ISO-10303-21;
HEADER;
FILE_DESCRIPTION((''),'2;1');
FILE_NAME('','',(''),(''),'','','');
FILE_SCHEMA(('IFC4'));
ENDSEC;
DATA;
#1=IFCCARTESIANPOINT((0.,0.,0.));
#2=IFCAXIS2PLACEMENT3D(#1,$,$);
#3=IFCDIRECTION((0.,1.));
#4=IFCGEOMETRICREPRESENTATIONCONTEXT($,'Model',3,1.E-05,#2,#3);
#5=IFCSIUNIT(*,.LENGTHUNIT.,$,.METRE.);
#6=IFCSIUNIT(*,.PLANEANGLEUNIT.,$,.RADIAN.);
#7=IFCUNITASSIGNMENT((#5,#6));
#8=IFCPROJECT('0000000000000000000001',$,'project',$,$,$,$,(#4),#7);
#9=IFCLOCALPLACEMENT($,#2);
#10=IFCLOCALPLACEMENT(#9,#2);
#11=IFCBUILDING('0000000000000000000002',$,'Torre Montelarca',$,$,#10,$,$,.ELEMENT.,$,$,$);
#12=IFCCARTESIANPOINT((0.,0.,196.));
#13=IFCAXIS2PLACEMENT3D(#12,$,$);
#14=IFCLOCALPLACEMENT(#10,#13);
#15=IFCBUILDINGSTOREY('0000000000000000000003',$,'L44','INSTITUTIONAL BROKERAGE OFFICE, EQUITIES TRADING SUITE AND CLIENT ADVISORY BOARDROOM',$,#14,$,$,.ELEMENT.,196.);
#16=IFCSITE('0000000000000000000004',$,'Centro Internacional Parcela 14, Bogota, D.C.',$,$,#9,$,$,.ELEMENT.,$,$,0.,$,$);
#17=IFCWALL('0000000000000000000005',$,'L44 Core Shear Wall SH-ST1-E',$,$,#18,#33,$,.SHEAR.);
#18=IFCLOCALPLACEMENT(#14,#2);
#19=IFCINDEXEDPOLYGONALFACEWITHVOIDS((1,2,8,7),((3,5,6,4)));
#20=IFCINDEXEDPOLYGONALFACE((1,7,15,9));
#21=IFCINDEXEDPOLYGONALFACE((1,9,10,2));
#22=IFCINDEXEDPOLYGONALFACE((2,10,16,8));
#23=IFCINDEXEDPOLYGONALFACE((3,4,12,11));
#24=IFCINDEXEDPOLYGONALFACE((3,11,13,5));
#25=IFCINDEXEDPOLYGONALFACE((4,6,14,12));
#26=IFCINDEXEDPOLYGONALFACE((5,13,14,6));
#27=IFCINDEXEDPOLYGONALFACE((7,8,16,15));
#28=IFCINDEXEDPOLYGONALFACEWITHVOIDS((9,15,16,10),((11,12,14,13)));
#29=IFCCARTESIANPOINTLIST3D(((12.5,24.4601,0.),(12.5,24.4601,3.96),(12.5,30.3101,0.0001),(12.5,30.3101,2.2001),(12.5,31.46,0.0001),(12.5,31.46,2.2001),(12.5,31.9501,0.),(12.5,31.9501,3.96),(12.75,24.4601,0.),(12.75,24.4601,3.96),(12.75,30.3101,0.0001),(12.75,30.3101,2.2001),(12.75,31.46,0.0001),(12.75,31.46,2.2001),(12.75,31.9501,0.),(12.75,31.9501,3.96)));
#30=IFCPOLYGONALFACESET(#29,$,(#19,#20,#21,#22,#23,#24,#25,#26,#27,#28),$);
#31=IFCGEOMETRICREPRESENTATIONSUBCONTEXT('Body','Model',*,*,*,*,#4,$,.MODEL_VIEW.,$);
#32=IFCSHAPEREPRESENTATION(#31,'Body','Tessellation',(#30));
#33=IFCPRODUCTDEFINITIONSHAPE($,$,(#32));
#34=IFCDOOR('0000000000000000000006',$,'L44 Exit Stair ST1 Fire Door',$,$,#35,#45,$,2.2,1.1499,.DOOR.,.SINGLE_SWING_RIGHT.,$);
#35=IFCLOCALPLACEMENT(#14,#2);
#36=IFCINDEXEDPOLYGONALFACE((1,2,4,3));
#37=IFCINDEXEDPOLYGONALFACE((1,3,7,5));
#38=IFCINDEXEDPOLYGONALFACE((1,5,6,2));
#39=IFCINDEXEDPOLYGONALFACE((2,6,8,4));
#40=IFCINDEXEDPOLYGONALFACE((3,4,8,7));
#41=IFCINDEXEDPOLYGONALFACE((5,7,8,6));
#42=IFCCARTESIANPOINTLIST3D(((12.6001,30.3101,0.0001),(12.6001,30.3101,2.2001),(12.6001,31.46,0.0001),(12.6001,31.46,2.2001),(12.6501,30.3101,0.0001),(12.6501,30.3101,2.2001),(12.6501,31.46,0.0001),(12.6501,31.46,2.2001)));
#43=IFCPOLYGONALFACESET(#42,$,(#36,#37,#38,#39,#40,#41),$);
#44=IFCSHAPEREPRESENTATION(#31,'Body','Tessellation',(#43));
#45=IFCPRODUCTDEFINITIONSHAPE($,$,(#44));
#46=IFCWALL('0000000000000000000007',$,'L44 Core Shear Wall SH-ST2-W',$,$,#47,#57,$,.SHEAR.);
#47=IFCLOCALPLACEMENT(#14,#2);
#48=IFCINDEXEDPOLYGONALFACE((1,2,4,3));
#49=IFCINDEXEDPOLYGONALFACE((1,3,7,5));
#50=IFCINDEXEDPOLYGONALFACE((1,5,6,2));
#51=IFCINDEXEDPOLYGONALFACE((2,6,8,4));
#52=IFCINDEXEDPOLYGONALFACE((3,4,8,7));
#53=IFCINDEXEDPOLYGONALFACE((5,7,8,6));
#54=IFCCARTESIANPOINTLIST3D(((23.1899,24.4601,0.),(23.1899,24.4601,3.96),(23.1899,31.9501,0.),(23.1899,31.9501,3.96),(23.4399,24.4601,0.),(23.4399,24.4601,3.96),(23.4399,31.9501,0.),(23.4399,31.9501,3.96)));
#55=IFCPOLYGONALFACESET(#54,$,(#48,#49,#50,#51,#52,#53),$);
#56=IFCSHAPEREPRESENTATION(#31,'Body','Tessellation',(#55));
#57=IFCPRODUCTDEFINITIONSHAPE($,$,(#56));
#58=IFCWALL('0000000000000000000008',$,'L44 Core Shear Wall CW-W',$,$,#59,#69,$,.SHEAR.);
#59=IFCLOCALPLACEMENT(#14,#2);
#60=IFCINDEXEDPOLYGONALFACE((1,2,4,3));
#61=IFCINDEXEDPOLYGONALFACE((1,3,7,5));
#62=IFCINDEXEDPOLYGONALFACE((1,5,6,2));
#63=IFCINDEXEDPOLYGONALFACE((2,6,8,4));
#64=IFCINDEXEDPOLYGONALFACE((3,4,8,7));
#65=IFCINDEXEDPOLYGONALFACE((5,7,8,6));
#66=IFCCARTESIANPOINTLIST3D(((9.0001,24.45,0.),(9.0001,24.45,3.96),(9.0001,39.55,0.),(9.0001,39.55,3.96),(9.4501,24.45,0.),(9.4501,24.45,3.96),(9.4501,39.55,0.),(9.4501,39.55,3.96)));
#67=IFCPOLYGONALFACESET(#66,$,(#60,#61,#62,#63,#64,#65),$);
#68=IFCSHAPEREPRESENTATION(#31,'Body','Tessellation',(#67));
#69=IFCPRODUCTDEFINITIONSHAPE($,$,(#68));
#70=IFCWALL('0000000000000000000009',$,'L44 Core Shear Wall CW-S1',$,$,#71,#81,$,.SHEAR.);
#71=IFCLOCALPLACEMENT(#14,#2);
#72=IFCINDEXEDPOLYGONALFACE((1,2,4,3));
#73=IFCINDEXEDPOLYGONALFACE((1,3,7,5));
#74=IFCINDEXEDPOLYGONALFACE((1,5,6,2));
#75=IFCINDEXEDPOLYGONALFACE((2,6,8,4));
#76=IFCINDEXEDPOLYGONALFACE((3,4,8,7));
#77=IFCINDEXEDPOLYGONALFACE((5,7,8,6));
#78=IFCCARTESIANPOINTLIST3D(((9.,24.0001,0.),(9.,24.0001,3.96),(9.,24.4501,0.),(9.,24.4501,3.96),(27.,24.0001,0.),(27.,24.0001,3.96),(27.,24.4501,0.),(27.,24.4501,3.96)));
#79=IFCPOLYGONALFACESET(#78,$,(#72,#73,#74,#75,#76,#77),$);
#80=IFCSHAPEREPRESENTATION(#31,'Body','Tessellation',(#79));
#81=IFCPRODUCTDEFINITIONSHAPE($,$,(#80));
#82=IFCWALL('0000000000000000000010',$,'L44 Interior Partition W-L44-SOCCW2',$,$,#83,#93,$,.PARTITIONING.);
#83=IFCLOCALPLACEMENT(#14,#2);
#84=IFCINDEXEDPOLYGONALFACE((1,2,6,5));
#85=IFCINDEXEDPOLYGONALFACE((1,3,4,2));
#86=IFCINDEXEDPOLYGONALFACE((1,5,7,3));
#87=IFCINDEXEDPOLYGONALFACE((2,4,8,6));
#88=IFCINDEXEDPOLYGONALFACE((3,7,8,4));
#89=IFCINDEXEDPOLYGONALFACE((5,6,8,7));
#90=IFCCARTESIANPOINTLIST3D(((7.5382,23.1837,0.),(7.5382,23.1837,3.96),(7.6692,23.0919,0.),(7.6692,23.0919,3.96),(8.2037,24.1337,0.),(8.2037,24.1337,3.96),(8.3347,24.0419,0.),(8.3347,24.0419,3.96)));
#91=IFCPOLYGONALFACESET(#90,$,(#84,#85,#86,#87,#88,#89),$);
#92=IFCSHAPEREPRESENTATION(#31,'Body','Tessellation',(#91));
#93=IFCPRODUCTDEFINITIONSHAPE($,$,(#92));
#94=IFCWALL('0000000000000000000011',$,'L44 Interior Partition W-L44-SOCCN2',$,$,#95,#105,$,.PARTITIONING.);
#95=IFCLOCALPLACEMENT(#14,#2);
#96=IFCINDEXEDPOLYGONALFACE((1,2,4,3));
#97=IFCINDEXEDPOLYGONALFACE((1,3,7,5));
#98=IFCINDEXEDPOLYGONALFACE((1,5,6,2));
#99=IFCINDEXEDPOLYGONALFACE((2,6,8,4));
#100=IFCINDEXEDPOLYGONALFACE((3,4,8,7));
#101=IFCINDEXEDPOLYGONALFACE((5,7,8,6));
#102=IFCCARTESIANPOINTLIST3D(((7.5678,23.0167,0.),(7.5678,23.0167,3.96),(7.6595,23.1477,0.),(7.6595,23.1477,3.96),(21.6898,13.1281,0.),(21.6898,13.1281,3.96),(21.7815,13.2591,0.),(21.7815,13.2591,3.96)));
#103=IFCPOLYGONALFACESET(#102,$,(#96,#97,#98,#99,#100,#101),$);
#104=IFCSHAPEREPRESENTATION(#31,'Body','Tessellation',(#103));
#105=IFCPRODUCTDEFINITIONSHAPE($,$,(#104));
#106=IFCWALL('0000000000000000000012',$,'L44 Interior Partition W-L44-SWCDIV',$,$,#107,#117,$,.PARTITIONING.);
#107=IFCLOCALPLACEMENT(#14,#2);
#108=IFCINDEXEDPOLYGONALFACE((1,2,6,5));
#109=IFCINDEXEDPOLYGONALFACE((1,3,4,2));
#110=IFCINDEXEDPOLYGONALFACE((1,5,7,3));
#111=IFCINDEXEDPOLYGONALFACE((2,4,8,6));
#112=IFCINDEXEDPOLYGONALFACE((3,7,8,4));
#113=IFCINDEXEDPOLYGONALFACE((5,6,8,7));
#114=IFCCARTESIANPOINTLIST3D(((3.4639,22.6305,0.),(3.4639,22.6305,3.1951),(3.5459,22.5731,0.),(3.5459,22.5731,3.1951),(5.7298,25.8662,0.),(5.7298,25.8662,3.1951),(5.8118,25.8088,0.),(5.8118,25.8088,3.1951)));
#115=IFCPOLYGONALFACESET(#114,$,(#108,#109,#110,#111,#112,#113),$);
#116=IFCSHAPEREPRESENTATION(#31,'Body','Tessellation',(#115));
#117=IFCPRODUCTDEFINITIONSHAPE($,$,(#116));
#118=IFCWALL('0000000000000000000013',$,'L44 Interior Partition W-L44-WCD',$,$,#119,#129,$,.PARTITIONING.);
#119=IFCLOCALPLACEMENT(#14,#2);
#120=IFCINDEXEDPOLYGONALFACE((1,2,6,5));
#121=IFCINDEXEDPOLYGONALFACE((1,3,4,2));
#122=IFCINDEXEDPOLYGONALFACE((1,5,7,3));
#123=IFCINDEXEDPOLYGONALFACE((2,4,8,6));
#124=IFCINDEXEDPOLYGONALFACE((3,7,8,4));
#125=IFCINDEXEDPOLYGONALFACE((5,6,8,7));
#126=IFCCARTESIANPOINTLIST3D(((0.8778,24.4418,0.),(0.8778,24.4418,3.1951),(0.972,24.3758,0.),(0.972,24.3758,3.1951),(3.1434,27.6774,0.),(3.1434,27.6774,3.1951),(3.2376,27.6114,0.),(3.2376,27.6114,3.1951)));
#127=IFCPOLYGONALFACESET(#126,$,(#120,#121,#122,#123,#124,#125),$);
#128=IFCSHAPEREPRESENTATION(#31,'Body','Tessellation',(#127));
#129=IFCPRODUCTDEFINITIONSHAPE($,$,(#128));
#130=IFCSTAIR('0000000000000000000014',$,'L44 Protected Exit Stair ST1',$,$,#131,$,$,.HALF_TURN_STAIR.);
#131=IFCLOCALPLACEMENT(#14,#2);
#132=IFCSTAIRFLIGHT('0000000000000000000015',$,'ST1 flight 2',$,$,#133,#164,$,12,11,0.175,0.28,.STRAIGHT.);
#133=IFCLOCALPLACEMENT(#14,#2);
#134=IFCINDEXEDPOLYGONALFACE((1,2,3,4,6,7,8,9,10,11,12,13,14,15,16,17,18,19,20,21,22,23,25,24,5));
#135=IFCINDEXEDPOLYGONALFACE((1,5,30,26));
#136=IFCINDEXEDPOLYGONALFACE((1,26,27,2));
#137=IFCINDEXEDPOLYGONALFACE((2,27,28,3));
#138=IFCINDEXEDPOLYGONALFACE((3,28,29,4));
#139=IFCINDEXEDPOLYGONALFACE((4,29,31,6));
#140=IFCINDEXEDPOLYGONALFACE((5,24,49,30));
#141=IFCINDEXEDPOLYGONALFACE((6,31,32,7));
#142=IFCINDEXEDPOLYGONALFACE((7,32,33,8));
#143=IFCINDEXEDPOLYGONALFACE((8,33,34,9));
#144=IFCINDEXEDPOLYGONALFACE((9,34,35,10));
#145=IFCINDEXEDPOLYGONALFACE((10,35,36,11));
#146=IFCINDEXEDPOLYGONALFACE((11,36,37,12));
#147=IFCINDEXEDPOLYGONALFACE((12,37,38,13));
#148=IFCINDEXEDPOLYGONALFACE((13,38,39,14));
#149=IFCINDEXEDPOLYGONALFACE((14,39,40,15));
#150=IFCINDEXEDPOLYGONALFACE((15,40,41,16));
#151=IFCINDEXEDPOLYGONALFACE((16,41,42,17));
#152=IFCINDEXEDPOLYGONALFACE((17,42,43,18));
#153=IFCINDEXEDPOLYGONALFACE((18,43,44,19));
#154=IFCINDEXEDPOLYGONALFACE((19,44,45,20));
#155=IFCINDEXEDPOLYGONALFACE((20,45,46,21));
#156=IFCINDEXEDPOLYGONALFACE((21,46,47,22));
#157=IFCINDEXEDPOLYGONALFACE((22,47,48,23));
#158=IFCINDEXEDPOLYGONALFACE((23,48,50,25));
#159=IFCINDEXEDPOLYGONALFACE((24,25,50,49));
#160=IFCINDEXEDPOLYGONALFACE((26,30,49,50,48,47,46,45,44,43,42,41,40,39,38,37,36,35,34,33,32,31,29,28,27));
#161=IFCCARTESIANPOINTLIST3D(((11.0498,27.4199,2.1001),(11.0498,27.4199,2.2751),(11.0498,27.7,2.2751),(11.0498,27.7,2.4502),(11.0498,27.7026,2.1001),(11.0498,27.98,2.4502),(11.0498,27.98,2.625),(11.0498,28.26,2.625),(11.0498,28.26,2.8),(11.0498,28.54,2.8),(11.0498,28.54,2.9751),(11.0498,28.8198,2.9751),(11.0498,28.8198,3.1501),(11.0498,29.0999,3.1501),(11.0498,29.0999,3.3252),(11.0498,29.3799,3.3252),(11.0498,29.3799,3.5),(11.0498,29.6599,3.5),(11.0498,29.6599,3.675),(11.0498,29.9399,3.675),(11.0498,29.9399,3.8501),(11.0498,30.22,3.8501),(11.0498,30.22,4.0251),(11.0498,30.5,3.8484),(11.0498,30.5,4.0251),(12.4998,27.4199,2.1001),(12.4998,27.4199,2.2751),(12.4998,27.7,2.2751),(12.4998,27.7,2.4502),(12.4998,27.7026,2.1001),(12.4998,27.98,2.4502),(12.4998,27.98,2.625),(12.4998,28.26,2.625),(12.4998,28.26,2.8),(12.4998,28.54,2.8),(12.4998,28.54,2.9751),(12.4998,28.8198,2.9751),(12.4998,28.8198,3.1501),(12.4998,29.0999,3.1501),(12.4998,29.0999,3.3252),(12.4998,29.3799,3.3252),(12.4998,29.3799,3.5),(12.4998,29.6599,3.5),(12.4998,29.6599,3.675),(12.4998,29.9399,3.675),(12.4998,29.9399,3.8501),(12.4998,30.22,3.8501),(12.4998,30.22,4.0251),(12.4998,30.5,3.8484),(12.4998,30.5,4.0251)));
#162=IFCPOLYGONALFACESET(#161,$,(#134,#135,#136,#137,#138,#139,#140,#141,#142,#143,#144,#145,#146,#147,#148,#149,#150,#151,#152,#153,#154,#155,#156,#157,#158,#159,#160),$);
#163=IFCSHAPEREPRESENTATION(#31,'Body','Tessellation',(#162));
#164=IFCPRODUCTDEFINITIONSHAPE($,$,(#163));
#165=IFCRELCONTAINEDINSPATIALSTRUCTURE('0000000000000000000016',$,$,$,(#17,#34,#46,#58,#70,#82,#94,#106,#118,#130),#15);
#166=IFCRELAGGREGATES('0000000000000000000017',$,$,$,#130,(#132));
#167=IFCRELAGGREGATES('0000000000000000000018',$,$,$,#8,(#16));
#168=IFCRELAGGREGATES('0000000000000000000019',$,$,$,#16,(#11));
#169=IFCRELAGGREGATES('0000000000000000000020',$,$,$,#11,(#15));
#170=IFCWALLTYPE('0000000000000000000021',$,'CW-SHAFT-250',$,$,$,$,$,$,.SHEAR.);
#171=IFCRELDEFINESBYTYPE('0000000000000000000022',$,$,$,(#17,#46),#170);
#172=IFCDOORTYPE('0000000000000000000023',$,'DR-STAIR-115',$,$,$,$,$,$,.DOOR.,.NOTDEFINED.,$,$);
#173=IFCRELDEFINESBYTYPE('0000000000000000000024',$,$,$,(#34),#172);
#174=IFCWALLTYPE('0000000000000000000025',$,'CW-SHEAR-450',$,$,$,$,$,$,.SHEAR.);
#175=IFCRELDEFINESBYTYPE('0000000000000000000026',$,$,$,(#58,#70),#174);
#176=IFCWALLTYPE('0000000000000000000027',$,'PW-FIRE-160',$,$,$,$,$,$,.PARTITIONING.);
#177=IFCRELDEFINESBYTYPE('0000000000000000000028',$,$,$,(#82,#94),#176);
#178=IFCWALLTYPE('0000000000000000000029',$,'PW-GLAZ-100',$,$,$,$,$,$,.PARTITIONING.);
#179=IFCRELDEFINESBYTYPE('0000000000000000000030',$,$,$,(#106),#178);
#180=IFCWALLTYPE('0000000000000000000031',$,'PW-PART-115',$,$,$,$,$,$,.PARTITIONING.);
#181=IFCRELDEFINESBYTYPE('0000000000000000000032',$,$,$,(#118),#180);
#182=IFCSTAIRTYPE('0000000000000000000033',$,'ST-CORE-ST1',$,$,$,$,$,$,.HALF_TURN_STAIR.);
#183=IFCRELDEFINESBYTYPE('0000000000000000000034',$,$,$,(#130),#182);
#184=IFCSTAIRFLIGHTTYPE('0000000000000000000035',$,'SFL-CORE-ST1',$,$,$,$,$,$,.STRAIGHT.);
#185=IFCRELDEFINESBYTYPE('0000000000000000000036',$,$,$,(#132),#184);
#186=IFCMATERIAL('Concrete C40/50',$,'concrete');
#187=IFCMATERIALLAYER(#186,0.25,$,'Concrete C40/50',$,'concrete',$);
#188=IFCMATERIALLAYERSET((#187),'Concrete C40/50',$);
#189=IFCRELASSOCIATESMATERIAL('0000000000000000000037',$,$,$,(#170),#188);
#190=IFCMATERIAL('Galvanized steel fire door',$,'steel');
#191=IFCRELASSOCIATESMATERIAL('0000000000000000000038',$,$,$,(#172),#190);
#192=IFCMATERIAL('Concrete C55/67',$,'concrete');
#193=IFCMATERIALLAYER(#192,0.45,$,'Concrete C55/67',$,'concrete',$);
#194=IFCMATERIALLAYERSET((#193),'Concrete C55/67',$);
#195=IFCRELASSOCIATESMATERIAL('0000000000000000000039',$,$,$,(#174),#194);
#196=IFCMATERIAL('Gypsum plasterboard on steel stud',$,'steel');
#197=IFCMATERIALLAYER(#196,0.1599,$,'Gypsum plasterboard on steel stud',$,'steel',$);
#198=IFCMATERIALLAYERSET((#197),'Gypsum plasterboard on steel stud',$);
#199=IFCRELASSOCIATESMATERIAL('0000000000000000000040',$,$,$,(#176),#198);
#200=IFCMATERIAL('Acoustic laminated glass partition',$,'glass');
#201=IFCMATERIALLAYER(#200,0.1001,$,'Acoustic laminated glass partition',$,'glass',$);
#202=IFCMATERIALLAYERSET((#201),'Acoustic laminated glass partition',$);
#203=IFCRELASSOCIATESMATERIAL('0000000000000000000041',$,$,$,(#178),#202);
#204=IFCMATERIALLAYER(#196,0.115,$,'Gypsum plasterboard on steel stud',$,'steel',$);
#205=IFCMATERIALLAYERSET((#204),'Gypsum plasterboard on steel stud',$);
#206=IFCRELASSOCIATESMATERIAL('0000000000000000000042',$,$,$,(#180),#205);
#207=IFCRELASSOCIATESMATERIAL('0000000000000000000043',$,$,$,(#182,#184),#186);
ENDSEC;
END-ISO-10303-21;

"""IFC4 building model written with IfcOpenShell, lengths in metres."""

from ifc_helpers import new_model, si_unit, direction, frame, frame_2d, origin, place, context, subcontext, project, spatial, polyline, rectangle, outline, extrude, source, transform, mapped, material, layer, layer_set, type_object, element, fill, aggregate, save


model = new_model("IFC4")

# Units and contexts
model_context = context("Model", 3, precision=1e-05, world=origin(), true_north=direction((0.0, 1.0)))
body_context = subcontext(model_context, "Body", "Model", "MODEL_VIEW")
ifc_project = project(units=[si_unit("LENGTHUNIT", "METRE"), si_unit("PLANEANGLEUNIT", "RADIAN")], contexts=[model_context])

# Site, building, storey
site_placement = place(None, origin())
site = spatial("IfcSite", under=ifc_project, at=site_placement, Name="Centro Internacional Parcela 14, Bogota, D.C.", CompositionType="ELEMENT", RefElevation=0.0)
building_placement = place(site_placement, origin())
building = spatial("IfcBuilding", under=site, at=building_placement, Name="Torre Montelarca", CompositionType="ELEMENT")
storey_placement = place(building_placement, frame((0.0, 0.0, 196.0)))
storey = spatial("IfcBuildingStorey", under=building, at=storey_placement, Name="L44", Description="INSTITUTIONAL BROKERAGE OFFICE, EQUITIES TRADING SUITE AND CLIENT ADVISORY BOARDROOM", CompositionType="ELEMENT", Elevation=196.0)

# Shared definitions
ifc_material_1 = material(Name="Concrete C55/67", Category="concrete")

# Wall, opening, door
ifc_material_2 = material(Name="Concrete C40/50", Category="concrete")
ifc_layer_1 = layer(ifc_material_2, 0.25, Name="Concrete C40/50", Category="concrete")
ifc_layer_set_1 = layer_set([ifc_layer_1], Name="Concrete C40/50")
wall_type_1 = type_object("IfcWallType", Name="CW-SHAFT-250", PredefinedType="SHEAR", material=ifc_layer_set_1)
wall_1_placement = place(storey_placement, frame((12.625, 24.46, 0.0), z_axis=(0.0, 0.0, 1.0), x_axis=(0.0, 1.0, 0.0)))
wall_1 = element("IfcWall", 1, at=wall_1_placement, inside=storey, type_object=wall_type_1, Name="L44 Core Shear Wall SH-ST1-E", PredefinedType="SHEAR", context=body_context, shape_type="SweptSolid", body=[
    extrude(rectangle(XDim=7.49, YDim=0.25, at=frame_2d((3.7451, 0.0))), origin(), (0.0, 0.0, 1.0), 3.96),
])
opening_1_placement = place(wall_1_placement, frame((5.8501, 0.0, 0.0)))
opening_1 = element("IfcOpeningElement", 2, at=opening_1_placement, cuts=wall_1, PredefinedType="OPENING", context=body_context, shape_type="SweptSolid", body=[
    extrude(rectangle(XDim=1.1499, YDim=2.2, at=frame_2d((0.575, 1.1001))), frame((0.0, 0.135, 0.0), z_axis=(0.0, -1.0, 0.0), x_axis=(1.0, 0.0, 0.0)), (0.0, 0.0, 1.0), 0.27),
])
ifc_material_3 = material(Name="Galvanized steel fire door", Category="steel")
door_type_1 = type_object("IfcDoorType", Name="DR-STAIR-115", OperationType="NOTDEFINED", PredefinedType="DOOR", material=ifc_material_3)
shared_shape_1 = source(origin(), body_context, "Body", "SweptSolid", [
    extrude(rectangle(XDim=1.1499, YDim=2.2, at=frame_2d((0.575, 1.1001))), frame((0.0, 0.0249, 0.0), z_axis=(0.0, -1.0, 0.0), x_axis=(1.0, 0.0, 0.0)), (0.0, 0.0, 1.0), 0.05),
])
door_1_placement = place(opening_1_placement, origin())
door_1 = element("IfcDoor", 3, at=door_1_placement, inside=storey, type_object=door_type_1, Name="L44 Exit Stair ST1 Fire Door", OperationType="SINGLE_SWING_RIGHT", OverallHeight=2.2, OverallWidth=1.1499, PredefinedType="DOOR", context=body_context, shape_type="MappedRepresentation", body=[
    mapped(shared_shape_1, transform((0.0, 0.0, 0.0), scale=1.0)),
])
fill(opening_1, door_1)

# Walls
wall_2_placement = place(storey_placement, frame((23.3149, 24.46, 0.0), z_axis=(0.0, 0.0, 1.0), x_axis=(0.0, 1.0, 0.0)))
element("IfcWall", 4, at=wall_2_placement, inside=storey, type_object=wall_type_1, Name="L44 Core Shear Wall SH-ST2-W", PredefinedType="SHEAR", context=body_context, shape_type="SweptSolid", body=[
    extrude(rectangle(XDim=7.49, YDim=0.25, at=frame_2d((3.7451, 0.0))), origin(), (0.0, 0.0, 1.0), 3.96),
])
ifc_layer_2 = layer(ifc_material_1, 0.45, Name="Concrete C55/67", Category="concrete")
ifc_layer_set_2 = layer_set([ifc_layer_2], Name="Concrete C55/67")
wall_type_2 = type_object("IfcWallType", Name="CW-SHEAR-450", PredefinedType="SHEAR", material=ifc_layer_set_2)
wall_3_placement = place(storey_placement, frame((9.2251, 24.45, 0.0), z_axis=(0.0, 0.0, 1.0), x_axis=(0.0, 1.0, 0.0)))
element("IfcWall", 5, at=wall_3_placement, inside=storey, type_object=wall_type_2, Name="L44 Core Shear Wall CW-W", PredefinedType="SHEAR", context=body_context, shape_type="SweptSolid", body=[
    extrude(rectangle(XDim=15.1001, YDim=0.45, at=frame_2d((7.55, 0.0))), origin(), (0.0, 0.0, 1.0), 3.96),
])
wall_4_placement = place(storey_placement, frame((9.0, 24.2251, 0.0), z_axis=(0.0, 0.0, 1.0), x_axis=(1.0, 0.0, 0.0)))
element("IfcWall", 6, at=wall_4_placement, inside=storey, type_object=wall_type_2, Name="L44 Core Shear Wall CW-S1", PredefinedType="SHEAR", context=body_context, shape_type="SweptSolid", body=[
    extrude(rectangle(XDim=18.0, YDim=0.45, at=frame_2d((9.0, 0.0))), origin(), (0.0, 0.0, 1.0), 3.96),
])

# Shared definitions
ifc_material_4 = material(Name="Gypsum plasterboard on steel stud", Category="steel")
ifc_layer_3 = layer(ifc_material_4, 0.1599, Name="Gypsum plasterboard on steel stud", Category="steel")
ifc_layer_set_3 = layer_set([ifc_layer_3], Name="Gypsum plasterboard on steel stud")
wall_type_3 = type_object("IfcWallType", Name="PW-FIRE-160", PredefinedType="PARTITIONING", material=ifc_layer_set_3)

# Walls
wall_5_placement = place(storey_placement, frame((8.2693, 24.0879, 0.0), z_axis=(0.0, 0.0, 1.0), x_axis=(-0.573787, -0.819004, 0.0)))
element("IfcWall", 7, at=wall_5_placement, inside=storey, type_object=wall_type_3, Name="L44 Interior Partition W-L44-SOCCW2", PredefinedType="PARTITIONING", context=body_context, shape_type="SweptSolid", body=[
    extrude(rectangle(XDim=1.1599, YDim=0.1599, at=frame_2d((0.5801, 0.0))), origin(), (0.0, 0.0, 1.0), 3.96),
])
wall_6_placement = place(storey_placement, frame((7.6135, 23.0823, 0.0), z_axis=(0.0, 0.0, 1.0), x_axis=(0.819144, -0.573588, 0.0)))
element("IfcWall", 8, at=wall_6_placement, inside=storey, type_object=wall_type_3, Name="L44 Interior Partition W-L44-SOCCN2", PredefinedType="PARTITIONING", context=body_context, shape_type="SweptSolid", body=[
    extrude(rectangle(XDim=17.24, YDim=0.1599, at=frame_2d((8.6201, 0.0))), origin(), (0.0, 0.0, 1.0), 3.96),
])
ifc_material_5 = material(Name="Acoustic laminated glass partition", Category="glass")
ifc_layer_4 = layer(ifc_material_5, 0.1001, Name="Acoustic laminated glass partition", Category="glass")
ifc_layer_set_4 = layer_set([ifc_layer_4], Name="Acoustic laminated glass partition")
wall_type_4 = type_object("IfcWallType", Name="PW-GLAZ-100", PredefinedType="PARTITIONING", material=ifc_layer_set_4)
wall_7_placement = place(storey_placement, frame((3.5049, 22.6018, 0.0), z_axis=(0.0, 0.0, 1.0), x_axis=(0.573624, 0.819119, 0.0)))
element("IfcWall", 9, at=wall_7_placement, inside=storey, type_object=wall_type_4, Name="L44 Interior Partition W-L44-SWCDIV", PredefinedType="PARTITIONING", context=body_context, shape_type="SweptSolid", body=[
    extrude(rectangle(XDim=3.9502, YDim=0.1001, at=frame_2d((1.9751, 0.0))), origin(), (0.0, 0.0, 1.0), 3.1951),
])
ifc_layer_5 = layer(ifc_material_4, 0.115, Name="Gypsum plasterboard on steel stud", Category="steel")
ifc_layer_set_5 = layer_set([ifc_layer_5], Name="Gypsum plasterboard on steel stud")
wall_type_5 = type_object("IfcWallType", Name="PW-PART-115", PredefinedType="PARTITIONING", material=ifc_layer_set_5)
wall_8_placement = place(storey_placement, frame((0.9248, 24.4087, 0.0), z_axis=(0.0, 0.0, 1.0), x_axis=(0.573583, 0.819148, 0.0)))
element("IfcWall", 10, at=wall_8_placement, inside=storey, type_object=wall_type_5, Name="L44 Interior Partition W-L44-WCD", PredefinedType="PARTITIONING", context=body_context, shape_type="SweptSolid", body=[
    extrude(rectangle(XDim=3.95, YDim=0.115, at=frame_2d((1.9751, 0.0))), origin(), (0.0, 0.0, 1.0), 3.1951),
])

# Stair, stair flight
stair_type = type_object("IfcStairType", Name="ST-CORE-ST1", PredefinedType="HALF_TURN_STAIR", material=ifc_material_2)
stair_placement = place(storey_placement, origin())
stair = element("IfcStair", 11, at=stair_placement, inside=storey, type_object=stair_type, Name="L44 Protected Exit Stair ST1", PredefinedType="HALF_TURN_STAIR")
stair_flight_type = type_object("IfcStairFlightType", Name="SFL-CORE-ST1", PredefinedType="STRAIGHT", material=ifc_material_2)
stair_flight_placement = place(storey_placement, frame((11.7749, 27.4199, 2.1001), z_axis=(0.0, 0.0, 1.0), x_axis=(0.0, 1.0, 0.0)))
stair_flight = element("IfcStairFlight", 12, at=stair_flight_placement, type_object=stair_flight_type, Name="ST1 flight 2", NumberOfRisers=12, NumberOfTreads=11, PredefinedType="STRAIGHT", RiserHeight=0.175, TreadLength=0.28, context=body_context, shape_type="SweptSolid", body=[
    extrude(outline(polyline([(0.0, 0.0), (0.0, 0.175), (0.28, 0.175), (0.28, 0.3501), (0.5601, 0.3501), (0.5601, 0.5249), (0.8401, 0.5249), (0.8401, 0.7), (1.1201, 0.7), (1.1201, 0.875), (1.3999, 0.875), (1.3999, 1.05), (1.6799, 1.05), (1.6799, 1.2251), (1.96, 1.2251), (1.96, 1.3999), (2.24, 1.3999), (2.24, 1.575), (2.52, 1.575), (2.52, 1.75), (2.8, 1.75), (2.8, 1.925), (3.0801, 1.925), (3.0801, 2.1001), (3.0801, 1.7483), (0.2827, 0.0), (0.0, 0.0)])), frame((0.0, 0.7251, 0.0), z_axis=(0.0, -1.0, 0.0), x_axis=(1.0, 0.0, 0.0)), (0.0, 0.0, 1.0), 1.45),
])
aggregate(stair, [stair_flight])

save(model, "model.ifc")
